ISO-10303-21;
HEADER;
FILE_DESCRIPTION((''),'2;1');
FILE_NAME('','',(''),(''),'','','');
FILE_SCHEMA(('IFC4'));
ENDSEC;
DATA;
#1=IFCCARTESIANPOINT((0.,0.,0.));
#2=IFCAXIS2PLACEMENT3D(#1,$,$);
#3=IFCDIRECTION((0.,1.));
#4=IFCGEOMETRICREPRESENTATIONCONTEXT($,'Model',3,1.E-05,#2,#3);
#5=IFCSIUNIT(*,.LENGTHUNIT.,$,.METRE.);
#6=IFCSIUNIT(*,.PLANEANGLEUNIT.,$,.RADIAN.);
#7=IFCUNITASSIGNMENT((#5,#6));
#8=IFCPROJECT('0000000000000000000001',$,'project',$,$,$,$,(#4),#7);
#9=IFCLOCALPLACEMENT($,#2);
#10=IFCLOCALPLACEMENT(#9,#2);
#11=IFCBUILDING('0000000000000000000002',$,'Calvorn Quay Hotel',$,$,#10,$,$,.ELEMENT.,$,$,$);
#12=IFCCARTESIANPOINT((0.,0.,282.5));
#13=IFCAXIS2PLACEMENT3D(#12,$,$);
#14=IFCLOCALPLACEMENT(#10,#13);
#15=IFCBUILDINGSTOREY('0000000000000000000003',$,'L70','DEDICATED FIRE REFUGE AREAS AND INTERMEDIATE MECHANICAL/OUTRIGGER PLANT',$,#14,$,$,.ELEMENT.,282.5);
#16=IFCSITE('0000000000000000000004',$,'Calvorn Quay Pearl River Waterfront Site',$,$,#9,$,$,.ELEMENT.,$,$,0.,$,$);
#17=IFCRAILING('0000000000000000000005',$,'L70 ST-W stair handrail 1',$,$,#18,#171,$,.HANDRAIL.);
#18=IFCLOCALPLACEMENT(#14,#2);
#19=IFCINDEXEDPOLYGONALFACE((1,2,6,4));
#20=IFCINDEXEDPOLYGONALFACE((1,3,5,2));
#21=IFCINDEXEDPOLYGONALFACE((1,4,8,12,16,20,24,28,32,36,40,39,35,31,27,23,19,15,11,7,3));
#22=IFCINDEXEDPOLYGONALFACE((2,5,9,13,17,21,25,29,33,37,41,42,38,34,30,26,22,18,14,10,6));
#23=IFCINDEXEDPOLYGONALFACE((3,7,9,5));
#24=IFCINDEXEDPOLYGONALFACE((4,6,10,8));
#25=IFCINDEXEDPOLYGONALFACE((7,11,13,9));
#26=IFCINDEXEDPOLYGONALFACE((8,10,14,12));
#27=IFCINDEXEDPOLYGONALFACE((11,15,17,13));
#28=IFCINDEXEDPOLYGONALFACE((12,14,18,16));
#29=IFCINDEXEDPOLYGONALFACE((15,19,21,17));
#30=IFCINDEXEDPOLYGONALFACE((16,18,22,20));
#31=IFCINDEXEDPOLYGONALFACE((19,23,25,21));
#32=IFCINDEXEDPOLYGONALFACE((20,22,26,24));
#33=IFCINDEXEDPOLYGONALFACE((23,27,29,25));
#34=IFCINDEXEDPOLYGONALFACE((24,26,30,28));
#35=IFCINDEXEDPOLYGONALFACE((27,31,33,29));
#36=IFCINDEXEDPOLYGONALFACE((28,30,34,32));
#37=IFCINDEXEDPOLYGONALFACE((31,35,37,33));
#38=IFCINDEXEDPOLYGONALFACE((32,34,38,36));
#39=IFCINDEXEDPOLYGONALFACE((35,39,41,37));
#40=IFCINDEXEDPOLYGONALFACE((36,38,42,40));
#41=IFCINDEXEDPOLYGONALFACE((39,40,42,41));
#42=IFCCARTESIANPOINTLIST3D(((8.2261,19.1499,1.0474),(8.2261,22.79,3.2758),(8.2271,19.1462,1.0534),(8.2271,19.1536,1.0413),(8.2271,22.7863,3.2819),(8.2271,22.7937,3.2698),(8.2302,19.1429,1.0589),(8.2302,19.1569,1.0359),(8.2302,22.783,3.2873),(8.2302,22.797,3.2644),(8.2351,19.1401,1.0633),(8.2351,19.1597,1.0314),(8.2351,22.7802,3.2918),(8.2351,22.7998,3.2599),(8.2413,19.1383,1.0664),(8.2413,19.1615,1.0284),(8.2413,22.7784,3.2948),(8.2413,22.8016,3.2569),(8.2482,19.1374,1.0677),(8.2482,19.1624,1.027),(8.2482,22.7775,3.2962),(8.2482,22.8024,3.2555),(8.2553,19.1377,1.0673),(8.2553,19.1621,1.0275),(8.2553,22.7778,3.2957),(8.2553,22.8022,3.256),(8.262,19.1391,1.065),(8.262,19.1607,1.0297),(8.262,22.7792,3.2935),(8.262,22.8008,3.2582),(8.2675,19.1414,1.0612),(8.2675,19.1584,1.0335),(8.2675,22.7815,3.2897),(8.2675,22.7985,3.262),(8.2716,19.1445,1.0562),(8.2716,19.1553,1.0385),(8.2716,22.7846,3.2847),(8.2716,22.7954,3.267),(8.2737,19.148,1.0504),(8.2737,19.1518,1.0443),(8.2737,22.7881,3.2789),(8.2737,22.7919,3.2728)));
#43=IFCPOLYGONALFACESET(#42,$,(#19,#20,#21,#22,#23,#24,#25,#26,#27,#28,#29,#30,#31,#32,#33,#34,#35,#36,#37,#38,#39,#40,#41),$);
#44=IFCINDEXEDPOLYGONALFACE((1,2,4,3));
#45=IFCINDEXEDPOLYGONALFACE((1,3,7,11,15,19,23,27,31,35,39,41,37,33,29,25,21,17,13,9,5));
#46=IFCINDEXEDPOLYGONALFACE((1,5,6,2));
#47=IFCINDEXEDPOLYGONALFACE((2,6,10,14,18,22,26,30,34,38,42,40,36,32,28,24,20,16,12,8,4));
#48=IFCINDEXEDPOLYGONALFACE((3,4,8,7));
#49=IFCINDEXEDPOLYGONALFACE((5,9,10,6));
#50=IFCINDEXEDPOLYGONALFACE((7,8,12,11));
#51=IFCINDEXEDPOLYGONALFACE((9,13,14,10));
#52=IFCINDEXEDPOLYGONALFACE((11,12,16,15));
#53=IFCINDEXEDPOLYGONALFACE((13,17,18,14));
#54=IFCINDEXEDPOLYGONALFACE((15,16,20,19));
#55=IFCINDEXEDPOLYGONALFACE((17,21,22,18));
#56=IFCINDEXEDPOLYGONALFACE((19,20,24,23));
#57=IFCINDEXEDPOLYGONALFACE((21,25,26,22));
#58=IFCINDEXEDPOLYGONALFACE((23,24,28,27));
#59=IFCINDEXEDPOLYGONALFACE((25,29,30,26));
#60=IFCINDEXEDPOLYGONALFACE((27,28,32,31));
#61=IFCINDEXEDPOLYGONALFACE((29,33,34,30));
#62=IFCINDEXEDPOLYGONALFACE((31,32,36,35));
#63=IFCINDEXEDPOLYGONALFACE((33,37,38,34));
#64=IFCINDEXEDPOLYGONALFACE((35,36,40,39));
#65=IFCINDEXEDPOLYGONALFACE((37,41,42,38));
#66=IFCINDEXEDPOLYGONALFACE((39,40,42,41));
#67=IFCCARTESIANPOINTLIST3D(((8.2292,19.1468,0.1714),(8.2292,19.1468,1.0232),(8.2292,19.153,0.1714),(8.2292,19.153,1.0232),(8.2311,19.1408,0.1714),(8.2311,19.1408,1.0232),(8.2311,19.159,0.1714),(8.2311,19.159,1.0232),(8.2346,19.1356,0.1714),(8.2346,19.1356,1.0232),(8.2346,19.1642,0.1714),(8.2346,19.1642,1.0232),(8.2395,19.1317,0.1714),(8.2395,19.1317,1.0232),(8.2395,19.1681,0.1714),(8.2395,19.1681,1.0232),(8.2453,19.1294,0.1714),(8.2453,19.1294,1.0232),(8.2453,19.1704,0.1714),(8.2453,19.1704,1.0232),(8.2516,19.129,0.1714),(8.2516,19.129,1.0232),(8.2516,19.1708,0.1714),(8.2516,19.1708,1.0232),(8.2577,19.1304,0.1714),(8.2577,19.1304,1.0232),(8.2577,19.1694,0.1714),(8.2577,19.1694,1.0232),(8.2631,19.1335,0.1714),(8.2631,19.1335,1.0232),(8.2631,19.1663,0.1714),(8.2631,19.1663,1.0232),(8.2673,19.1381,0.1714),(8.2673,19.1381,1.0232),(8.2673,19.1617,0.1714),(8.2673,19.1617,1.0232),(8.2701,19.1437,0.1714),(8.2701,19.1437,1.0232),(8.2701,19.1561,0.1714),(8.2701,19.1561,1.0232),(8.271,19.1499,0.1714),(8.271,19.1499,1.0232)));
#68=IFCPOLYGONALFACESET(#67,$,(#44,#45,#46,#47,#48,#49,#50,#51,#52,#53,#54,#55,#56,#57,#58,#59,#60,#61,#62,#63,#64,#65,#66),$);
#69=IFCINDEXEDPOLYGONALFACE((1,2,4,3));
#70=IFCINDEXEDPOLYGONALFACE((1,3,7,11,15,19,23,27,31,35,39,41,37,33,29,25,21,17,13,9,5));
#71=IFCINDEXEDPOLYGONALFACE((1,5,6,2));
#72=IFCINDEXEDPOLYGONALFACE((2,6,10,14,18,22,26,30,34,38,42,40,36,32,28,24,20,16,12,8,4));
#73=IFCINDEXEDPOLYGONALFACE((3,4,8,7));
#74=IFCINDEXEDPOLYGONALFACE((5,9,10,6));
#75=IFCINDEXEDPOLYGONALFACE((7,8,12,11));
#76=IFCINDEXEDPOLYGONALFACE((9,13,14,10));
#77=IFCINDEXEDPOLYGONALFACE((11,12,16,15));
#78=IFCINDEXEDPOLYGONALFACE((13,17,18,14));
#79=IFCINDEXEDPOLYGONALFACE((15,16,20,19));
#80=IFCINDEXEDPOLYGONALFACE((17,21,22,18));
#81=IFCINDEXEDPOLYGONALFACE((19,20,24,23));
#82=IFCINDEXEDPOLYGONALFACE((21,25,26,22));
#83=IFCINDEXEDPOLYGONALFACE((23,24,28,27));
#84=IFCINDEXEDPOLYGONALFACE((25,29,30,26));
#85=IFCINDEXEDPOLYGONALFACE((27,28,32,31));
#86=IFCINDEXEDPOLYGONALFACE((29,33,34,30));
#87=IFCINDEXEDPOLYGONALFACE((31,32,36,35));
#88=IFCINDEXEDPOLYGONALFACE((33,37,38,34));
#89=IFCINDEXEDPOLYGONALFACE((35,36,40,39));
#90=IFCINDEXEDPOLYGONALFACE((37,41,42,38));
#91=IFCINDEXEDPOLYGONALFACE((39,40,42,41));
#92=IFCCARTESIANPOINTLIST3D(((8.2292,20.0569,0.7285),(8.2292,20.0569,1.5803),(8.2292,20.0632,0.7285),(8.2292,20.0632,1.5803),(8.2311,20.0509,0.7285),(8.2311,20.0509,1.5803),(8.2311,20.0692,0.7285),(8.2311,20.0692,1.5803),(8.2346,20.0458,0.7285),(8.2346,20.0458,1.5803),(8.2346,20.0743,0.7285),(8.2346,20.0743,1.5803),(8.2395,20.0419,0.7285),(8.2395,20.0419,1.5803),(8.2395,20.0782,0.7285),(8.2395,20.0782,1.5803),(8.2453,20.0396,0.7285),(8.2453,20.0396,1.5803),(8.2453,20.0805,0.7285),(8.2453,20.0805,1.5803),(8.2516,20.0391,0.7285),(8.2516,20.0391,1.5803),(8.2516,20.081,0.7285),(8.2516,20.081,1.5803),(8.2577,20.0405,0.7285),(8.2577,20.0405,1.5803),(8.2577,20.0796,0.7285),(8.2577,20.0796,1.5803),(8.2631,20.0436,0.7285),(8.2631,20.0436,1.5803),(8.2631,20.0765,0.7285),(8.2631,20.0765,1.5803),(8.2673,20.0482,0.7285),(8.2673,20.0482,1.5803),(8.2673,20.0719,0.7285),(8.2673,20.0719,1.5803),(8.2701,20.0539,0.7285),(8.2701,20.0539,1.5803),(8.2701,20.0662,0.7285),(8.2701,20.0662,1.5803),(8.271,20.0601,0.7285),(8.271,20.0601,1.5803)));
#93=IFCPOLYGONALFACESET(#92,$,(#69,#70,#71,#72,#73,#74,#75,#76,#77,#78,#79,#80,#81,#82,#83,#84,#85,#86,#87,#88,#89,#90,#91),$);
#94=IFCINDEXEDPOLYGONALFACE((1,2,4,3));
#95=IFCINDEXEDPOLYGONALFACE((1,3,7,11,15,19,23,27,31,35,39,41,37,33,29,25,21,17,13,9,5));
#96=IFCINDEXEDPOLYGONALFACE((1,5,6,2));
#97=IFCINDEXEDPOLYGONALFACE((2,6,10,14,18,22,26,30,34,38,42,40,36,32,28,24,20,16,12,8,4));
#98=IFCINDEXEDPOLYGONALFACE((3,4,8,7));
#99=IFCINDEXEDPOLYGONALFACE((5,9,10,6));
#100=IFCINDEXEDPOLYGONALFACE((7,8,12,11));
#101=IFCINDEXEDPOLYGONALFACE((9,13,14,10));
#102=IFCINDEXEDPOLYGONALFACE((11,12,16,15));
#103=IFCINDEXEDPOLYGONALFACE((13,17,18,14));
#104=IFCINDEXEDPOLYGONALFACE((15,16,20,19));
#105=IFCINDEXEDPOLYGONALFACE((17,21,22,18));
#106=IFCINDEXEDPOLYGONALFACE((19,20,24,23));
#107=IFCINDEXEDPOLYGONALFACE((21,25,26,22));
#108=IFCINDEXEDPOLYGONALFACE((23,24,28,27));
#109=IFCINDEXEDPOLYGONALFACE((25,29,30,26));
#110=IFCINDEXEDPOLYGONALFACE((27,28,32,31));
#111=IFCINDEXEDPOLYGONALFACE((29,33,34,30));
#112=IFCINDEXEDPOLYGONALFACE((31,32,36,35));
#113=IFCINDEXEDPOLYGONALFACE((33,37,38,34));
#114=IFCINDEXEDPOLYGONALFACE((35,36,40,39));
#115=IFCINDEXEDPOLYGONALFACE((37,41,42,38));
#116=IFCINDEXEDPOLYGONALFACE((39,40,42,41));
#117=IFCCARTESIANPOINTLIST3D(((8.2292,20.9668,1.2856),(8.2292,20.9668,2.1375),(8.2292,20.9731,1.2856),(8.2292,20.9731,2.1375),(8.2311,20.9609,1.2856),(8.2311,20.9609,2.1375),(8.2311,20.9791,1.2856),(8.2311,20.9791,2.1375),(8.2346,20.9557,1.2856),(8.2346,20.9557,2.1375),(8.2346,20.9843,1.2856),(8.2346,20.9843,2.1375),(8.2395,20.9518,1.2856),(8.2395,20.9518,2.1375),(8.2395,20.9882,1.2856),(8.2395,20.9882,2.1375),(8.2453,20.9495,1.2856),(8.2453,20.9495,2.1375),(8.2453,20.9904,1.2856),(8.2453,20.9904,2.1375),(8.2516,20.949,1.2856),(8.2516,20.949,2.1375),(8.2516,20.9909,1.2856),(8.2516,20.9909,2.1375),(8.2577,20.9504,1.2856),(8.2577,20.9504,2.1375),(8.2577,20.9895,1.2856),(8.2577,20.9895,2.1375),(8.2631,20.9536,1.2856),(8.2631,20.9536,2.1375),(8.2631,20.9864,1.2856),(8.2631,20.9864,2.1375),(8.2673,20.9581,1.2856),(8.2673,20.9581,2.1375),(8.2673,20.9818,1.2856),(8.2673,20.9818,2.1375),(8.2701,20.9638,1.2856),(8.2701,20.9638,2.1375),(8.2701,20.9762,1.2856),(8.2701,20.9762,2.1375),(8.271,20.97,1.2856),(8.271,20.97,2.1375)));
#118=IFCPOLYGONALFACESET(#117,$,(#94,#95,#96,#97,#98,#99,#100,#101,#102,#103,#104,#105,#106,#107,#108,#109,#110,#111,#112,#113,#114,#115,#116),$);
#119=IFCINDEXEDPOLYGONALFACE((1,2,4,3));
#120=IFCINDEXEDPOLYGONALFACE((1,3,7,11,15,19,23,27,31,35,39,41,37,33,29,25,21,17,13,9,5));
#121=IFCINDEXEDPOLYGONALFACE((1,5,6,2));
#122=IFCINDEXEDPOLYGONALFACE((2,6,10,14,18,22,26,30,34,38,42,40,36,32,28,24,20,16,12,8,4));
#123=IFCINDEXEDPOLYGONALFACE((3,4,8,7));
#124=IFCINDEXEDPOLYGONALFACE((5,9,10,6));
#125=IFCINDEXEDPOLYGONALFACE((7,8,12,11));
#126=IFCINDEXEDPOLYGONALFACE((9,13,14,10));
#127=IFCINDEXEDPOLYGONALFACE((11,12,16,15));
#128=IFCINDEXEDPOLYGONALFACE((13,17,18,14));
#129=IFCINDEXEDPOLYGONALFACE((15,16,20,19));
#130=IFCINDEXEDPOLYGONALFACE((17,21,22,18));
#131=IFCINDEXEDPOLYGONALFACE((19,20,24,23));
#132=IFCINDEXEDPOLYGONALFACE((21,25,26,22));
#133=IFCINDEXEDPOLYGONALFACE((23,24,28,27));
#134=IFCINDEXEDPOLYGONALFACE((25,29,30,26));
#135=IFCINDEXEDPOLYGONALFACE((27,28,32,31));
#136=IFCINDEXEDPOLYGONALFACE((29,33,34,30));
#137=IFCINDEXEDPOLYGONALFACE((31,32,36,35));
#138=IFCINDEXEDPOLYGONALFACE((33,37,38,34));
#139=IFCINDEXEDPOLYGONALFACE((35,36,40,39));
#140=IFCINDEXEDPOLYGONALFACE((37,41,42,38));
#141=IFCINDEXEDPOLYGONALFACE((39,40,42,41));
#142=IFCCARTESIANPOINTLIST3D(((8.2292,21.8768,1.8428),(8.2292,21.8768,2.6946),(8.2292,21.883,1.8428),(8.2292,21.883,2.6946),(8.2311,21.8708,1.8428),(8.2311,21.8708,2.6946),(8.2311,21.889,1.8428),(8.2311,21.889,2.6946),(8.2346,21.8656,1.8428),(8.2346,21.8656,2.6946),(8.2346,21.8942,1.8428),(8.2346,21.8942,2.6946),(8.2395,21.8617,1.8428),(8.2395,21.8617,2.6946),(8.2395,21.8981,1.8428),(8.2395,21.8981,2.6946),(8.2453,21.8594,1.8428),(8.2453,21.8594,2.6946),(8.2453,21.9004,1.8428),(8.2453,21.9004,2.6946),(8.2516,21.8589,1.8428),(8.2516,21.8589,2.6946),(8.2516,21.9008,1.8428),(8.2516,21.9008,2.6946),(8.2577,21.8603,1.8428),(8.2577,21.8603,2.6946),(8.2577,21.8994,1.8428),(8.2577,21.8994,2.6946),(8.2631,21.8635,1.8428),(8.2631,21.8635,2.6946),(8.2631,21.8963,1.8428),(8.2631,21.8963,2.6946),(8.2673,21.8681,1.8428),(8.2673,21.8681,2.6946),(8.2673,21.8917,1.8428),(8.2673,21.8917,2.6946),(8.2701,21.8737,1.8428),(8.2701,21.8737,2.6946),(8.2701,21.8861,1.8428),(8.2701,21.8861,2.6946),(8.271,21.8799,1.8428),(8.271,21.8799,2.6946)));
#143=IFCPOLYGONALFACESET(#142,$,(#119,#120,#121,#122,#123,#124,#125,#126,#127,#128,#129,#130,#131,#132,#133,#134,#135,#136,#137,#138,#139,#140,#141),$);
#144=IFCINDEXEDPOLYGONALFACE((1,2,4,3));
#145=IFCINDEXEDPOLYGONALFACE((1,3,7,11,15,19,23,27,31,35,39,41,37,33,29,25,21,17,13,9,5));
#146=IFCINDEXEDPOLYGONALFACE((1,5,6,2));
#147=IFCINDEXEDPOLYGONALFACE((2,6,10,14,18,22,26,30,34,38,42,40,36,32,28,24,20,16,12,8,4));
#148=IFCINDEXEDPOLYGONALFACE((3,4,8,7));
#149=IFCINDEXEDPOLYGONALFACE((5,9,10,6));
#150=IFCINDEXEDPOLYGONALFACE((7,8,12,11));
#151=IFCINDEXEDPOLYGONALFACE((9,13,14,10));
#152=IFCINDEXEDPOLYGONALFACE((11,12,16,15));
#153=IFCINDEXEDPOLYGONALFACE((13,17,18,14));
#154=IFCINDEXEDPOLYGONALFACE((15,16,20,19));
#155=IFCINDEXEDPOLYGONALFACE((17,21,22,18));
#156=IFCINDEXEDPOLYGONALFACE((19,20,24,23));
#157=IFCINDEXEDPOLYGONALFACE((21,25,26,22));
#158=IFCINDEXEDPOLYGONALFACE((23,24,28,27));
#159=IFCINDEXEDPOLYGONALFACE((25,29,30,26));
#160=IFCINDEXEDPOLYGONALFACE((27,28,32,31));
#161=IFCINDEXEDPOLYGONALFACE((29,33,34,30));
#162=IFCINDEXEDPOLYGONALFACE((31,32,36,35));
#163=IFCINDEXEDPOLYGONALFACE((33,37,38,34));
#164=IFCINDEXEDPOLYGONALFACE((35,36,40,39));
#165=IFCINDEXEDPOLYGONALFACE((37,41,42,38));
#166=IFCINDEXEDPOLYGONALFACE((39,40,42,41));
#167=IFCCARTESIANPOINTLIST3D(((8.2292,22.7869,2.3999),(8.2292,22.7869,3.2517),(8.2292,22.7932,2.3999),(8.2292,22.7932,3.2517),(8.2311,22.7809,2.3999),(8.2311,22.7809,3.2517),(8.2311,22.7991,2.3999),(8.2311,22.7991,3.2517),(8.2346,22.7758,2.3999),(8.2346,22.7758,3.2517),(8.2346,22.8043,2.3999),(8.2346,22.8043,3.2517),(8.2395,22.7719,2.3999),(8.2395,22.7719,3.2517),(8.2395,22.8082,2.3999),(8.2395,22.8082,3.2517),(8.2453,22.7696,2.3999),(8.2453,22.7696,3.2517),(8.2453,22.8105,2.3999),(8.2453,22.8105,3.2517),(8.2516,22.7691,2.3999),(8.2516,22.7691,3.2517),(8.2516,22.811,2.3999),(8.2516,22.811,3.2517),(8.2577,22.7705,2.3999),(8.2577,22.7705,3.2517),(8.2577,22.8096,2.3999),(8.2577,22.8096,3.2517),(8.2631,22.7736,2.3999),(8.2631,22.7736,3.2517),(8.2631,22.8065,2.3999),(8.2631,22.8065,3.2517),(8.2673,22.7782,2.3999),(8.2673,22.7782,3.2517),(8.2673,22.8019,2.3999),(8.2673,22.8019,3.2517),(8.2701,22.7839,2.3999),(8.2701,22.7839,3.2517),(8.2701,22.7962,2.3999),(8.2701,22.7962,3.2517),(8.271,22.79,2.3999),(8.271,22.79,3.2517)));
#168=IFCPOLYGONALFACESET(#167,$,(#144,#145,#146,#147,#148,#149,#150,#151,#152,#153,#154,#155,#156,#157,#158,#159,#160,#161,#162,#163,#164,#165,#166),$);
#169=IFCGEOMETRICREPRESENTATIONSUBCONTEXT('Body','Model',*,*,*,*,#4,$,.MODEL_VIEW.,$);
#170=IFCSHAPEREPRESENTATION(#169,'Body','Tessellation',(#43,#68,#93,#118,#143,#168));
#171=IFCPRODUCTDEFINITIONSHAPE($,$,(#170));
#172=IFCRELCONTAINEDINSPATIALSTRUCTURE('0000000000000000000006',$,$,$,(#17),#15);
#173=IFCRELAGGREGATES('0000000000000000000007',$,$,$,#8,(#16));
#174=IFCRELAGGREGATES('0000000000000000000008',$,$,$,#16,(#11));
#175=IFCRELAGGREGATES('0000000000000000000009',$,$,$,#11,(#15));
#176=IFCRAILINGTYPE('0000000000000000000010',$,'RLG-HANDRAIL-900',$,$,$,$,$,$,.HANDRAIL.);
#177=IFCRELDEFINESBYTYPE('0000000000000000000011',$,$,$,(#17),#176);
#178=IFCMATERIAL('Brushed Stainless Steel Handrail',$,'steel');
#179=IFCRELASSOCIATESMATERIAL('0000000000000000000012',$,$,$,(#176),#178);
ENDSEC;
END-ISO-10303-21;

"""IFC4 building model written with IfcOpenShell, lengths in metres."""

from ifc_helpers import new_model, si_unit, direction, frame, origin, origin_2d, place, context, subcontext, project, spatial, circle, extrude, material, type_object, element, save


model = new_model("IFC4")

# Units and contexts
model_context = context("Model", 3, precision=1e-05, world=origin(), true_north=direction((0.0, 1.0)))
body_context = subcontext(model_context, "Body", "Model", "MODEL_VIEW")
ifc_project = project(units=[si_unit("LENGTHUNIT", "METRE"), si_unit("PLANEANGLEUNIT", "RADIAN")], contexts=[model_context])

# Site, building, storey
site_placement = place(None, origin())
site = spatial("IfcSite", under=ifc_project, at=site_placement, Name="Calvorn Quay Pearl River Waterfront Site", CompositionType="ELEMENT", RefElevation=0.0)
building_placement = place(site_placement, origin())
building = spatial("IfcBuilding", under=site, at=building_placement, Name="Calvorn Quay Hotel", CompositionType="ELEMENT")
storey_placement = place(building_placement, frame((0.0, 0.0, 282.5)))
storey = spatial("IfcBuildingStorey", under=building, at=storey_placement, Name="L70", Description="DEDICATED FIRE REFUGE AREAS AND INTERMEDIATE MECHANICAL/OUTRIGGER PLANT", CompositionType="ELEMENT", Elevation=282.5)

# Railing
ifc_material_1 = material(Name="Brushed Stainless Steel Handrail", Category="steel")
railing_type_1 = type_object("IfcRailingType", Name="RLG-HANDRAIL-900", PredefinedType="HANDRAIL", material=ifc_material_1)
railing_1_placement = place(storey_placement, frame((8.25, 19.1499, 0.1714)))
element("IfcRailing", 1, at=railing_1_placement, inside=storey, type_object=railing_type_1, Name="L70 ST-W stair handrail 1", PredefinedType="HANDRAIL", context=body_context, shape_type="SweptSolid", body=[
    extrude(circle(Radius=0.0239, at=origin_2d()), frame((0.0, 0.0, 0.876), z_axis=(0.0, 0.852866, 0.52213), x_axis=(-1.0, 0.0, 0.0)), (0.0, 0.0, 1.0), 4.2681),
    extrude(circle(Radius=0.021, at=origin_2d()), origin(), (0.0, 0.0, 1.0), 0.8518),
    extrude(circle(Radius=0.021, at=origin_2d()), frame((0.0, 0.9102, 0.5571)), (0.0, 0.0, 1.0), 0.8518),
    extrude(circle(Radius=0.021, at=origin_2d()), frame((0.0, 1.8201, 1.1143)), (0.0, 0.0, 1.0), 0.8518),
    extrude(circle(Radius=0.021, at=origin_2d()), frame((0.0, 2.73, 1.6714)), (0.0, 0.0, 1.0), 0.8518),
    extrude(circle(Radius=0.021, at=origin_2d()), frame((0.0, 3.6401, 2.2285)), (0.0, 0.0, 1.0), 0.8518),
])

save(model, "model.ifc")
